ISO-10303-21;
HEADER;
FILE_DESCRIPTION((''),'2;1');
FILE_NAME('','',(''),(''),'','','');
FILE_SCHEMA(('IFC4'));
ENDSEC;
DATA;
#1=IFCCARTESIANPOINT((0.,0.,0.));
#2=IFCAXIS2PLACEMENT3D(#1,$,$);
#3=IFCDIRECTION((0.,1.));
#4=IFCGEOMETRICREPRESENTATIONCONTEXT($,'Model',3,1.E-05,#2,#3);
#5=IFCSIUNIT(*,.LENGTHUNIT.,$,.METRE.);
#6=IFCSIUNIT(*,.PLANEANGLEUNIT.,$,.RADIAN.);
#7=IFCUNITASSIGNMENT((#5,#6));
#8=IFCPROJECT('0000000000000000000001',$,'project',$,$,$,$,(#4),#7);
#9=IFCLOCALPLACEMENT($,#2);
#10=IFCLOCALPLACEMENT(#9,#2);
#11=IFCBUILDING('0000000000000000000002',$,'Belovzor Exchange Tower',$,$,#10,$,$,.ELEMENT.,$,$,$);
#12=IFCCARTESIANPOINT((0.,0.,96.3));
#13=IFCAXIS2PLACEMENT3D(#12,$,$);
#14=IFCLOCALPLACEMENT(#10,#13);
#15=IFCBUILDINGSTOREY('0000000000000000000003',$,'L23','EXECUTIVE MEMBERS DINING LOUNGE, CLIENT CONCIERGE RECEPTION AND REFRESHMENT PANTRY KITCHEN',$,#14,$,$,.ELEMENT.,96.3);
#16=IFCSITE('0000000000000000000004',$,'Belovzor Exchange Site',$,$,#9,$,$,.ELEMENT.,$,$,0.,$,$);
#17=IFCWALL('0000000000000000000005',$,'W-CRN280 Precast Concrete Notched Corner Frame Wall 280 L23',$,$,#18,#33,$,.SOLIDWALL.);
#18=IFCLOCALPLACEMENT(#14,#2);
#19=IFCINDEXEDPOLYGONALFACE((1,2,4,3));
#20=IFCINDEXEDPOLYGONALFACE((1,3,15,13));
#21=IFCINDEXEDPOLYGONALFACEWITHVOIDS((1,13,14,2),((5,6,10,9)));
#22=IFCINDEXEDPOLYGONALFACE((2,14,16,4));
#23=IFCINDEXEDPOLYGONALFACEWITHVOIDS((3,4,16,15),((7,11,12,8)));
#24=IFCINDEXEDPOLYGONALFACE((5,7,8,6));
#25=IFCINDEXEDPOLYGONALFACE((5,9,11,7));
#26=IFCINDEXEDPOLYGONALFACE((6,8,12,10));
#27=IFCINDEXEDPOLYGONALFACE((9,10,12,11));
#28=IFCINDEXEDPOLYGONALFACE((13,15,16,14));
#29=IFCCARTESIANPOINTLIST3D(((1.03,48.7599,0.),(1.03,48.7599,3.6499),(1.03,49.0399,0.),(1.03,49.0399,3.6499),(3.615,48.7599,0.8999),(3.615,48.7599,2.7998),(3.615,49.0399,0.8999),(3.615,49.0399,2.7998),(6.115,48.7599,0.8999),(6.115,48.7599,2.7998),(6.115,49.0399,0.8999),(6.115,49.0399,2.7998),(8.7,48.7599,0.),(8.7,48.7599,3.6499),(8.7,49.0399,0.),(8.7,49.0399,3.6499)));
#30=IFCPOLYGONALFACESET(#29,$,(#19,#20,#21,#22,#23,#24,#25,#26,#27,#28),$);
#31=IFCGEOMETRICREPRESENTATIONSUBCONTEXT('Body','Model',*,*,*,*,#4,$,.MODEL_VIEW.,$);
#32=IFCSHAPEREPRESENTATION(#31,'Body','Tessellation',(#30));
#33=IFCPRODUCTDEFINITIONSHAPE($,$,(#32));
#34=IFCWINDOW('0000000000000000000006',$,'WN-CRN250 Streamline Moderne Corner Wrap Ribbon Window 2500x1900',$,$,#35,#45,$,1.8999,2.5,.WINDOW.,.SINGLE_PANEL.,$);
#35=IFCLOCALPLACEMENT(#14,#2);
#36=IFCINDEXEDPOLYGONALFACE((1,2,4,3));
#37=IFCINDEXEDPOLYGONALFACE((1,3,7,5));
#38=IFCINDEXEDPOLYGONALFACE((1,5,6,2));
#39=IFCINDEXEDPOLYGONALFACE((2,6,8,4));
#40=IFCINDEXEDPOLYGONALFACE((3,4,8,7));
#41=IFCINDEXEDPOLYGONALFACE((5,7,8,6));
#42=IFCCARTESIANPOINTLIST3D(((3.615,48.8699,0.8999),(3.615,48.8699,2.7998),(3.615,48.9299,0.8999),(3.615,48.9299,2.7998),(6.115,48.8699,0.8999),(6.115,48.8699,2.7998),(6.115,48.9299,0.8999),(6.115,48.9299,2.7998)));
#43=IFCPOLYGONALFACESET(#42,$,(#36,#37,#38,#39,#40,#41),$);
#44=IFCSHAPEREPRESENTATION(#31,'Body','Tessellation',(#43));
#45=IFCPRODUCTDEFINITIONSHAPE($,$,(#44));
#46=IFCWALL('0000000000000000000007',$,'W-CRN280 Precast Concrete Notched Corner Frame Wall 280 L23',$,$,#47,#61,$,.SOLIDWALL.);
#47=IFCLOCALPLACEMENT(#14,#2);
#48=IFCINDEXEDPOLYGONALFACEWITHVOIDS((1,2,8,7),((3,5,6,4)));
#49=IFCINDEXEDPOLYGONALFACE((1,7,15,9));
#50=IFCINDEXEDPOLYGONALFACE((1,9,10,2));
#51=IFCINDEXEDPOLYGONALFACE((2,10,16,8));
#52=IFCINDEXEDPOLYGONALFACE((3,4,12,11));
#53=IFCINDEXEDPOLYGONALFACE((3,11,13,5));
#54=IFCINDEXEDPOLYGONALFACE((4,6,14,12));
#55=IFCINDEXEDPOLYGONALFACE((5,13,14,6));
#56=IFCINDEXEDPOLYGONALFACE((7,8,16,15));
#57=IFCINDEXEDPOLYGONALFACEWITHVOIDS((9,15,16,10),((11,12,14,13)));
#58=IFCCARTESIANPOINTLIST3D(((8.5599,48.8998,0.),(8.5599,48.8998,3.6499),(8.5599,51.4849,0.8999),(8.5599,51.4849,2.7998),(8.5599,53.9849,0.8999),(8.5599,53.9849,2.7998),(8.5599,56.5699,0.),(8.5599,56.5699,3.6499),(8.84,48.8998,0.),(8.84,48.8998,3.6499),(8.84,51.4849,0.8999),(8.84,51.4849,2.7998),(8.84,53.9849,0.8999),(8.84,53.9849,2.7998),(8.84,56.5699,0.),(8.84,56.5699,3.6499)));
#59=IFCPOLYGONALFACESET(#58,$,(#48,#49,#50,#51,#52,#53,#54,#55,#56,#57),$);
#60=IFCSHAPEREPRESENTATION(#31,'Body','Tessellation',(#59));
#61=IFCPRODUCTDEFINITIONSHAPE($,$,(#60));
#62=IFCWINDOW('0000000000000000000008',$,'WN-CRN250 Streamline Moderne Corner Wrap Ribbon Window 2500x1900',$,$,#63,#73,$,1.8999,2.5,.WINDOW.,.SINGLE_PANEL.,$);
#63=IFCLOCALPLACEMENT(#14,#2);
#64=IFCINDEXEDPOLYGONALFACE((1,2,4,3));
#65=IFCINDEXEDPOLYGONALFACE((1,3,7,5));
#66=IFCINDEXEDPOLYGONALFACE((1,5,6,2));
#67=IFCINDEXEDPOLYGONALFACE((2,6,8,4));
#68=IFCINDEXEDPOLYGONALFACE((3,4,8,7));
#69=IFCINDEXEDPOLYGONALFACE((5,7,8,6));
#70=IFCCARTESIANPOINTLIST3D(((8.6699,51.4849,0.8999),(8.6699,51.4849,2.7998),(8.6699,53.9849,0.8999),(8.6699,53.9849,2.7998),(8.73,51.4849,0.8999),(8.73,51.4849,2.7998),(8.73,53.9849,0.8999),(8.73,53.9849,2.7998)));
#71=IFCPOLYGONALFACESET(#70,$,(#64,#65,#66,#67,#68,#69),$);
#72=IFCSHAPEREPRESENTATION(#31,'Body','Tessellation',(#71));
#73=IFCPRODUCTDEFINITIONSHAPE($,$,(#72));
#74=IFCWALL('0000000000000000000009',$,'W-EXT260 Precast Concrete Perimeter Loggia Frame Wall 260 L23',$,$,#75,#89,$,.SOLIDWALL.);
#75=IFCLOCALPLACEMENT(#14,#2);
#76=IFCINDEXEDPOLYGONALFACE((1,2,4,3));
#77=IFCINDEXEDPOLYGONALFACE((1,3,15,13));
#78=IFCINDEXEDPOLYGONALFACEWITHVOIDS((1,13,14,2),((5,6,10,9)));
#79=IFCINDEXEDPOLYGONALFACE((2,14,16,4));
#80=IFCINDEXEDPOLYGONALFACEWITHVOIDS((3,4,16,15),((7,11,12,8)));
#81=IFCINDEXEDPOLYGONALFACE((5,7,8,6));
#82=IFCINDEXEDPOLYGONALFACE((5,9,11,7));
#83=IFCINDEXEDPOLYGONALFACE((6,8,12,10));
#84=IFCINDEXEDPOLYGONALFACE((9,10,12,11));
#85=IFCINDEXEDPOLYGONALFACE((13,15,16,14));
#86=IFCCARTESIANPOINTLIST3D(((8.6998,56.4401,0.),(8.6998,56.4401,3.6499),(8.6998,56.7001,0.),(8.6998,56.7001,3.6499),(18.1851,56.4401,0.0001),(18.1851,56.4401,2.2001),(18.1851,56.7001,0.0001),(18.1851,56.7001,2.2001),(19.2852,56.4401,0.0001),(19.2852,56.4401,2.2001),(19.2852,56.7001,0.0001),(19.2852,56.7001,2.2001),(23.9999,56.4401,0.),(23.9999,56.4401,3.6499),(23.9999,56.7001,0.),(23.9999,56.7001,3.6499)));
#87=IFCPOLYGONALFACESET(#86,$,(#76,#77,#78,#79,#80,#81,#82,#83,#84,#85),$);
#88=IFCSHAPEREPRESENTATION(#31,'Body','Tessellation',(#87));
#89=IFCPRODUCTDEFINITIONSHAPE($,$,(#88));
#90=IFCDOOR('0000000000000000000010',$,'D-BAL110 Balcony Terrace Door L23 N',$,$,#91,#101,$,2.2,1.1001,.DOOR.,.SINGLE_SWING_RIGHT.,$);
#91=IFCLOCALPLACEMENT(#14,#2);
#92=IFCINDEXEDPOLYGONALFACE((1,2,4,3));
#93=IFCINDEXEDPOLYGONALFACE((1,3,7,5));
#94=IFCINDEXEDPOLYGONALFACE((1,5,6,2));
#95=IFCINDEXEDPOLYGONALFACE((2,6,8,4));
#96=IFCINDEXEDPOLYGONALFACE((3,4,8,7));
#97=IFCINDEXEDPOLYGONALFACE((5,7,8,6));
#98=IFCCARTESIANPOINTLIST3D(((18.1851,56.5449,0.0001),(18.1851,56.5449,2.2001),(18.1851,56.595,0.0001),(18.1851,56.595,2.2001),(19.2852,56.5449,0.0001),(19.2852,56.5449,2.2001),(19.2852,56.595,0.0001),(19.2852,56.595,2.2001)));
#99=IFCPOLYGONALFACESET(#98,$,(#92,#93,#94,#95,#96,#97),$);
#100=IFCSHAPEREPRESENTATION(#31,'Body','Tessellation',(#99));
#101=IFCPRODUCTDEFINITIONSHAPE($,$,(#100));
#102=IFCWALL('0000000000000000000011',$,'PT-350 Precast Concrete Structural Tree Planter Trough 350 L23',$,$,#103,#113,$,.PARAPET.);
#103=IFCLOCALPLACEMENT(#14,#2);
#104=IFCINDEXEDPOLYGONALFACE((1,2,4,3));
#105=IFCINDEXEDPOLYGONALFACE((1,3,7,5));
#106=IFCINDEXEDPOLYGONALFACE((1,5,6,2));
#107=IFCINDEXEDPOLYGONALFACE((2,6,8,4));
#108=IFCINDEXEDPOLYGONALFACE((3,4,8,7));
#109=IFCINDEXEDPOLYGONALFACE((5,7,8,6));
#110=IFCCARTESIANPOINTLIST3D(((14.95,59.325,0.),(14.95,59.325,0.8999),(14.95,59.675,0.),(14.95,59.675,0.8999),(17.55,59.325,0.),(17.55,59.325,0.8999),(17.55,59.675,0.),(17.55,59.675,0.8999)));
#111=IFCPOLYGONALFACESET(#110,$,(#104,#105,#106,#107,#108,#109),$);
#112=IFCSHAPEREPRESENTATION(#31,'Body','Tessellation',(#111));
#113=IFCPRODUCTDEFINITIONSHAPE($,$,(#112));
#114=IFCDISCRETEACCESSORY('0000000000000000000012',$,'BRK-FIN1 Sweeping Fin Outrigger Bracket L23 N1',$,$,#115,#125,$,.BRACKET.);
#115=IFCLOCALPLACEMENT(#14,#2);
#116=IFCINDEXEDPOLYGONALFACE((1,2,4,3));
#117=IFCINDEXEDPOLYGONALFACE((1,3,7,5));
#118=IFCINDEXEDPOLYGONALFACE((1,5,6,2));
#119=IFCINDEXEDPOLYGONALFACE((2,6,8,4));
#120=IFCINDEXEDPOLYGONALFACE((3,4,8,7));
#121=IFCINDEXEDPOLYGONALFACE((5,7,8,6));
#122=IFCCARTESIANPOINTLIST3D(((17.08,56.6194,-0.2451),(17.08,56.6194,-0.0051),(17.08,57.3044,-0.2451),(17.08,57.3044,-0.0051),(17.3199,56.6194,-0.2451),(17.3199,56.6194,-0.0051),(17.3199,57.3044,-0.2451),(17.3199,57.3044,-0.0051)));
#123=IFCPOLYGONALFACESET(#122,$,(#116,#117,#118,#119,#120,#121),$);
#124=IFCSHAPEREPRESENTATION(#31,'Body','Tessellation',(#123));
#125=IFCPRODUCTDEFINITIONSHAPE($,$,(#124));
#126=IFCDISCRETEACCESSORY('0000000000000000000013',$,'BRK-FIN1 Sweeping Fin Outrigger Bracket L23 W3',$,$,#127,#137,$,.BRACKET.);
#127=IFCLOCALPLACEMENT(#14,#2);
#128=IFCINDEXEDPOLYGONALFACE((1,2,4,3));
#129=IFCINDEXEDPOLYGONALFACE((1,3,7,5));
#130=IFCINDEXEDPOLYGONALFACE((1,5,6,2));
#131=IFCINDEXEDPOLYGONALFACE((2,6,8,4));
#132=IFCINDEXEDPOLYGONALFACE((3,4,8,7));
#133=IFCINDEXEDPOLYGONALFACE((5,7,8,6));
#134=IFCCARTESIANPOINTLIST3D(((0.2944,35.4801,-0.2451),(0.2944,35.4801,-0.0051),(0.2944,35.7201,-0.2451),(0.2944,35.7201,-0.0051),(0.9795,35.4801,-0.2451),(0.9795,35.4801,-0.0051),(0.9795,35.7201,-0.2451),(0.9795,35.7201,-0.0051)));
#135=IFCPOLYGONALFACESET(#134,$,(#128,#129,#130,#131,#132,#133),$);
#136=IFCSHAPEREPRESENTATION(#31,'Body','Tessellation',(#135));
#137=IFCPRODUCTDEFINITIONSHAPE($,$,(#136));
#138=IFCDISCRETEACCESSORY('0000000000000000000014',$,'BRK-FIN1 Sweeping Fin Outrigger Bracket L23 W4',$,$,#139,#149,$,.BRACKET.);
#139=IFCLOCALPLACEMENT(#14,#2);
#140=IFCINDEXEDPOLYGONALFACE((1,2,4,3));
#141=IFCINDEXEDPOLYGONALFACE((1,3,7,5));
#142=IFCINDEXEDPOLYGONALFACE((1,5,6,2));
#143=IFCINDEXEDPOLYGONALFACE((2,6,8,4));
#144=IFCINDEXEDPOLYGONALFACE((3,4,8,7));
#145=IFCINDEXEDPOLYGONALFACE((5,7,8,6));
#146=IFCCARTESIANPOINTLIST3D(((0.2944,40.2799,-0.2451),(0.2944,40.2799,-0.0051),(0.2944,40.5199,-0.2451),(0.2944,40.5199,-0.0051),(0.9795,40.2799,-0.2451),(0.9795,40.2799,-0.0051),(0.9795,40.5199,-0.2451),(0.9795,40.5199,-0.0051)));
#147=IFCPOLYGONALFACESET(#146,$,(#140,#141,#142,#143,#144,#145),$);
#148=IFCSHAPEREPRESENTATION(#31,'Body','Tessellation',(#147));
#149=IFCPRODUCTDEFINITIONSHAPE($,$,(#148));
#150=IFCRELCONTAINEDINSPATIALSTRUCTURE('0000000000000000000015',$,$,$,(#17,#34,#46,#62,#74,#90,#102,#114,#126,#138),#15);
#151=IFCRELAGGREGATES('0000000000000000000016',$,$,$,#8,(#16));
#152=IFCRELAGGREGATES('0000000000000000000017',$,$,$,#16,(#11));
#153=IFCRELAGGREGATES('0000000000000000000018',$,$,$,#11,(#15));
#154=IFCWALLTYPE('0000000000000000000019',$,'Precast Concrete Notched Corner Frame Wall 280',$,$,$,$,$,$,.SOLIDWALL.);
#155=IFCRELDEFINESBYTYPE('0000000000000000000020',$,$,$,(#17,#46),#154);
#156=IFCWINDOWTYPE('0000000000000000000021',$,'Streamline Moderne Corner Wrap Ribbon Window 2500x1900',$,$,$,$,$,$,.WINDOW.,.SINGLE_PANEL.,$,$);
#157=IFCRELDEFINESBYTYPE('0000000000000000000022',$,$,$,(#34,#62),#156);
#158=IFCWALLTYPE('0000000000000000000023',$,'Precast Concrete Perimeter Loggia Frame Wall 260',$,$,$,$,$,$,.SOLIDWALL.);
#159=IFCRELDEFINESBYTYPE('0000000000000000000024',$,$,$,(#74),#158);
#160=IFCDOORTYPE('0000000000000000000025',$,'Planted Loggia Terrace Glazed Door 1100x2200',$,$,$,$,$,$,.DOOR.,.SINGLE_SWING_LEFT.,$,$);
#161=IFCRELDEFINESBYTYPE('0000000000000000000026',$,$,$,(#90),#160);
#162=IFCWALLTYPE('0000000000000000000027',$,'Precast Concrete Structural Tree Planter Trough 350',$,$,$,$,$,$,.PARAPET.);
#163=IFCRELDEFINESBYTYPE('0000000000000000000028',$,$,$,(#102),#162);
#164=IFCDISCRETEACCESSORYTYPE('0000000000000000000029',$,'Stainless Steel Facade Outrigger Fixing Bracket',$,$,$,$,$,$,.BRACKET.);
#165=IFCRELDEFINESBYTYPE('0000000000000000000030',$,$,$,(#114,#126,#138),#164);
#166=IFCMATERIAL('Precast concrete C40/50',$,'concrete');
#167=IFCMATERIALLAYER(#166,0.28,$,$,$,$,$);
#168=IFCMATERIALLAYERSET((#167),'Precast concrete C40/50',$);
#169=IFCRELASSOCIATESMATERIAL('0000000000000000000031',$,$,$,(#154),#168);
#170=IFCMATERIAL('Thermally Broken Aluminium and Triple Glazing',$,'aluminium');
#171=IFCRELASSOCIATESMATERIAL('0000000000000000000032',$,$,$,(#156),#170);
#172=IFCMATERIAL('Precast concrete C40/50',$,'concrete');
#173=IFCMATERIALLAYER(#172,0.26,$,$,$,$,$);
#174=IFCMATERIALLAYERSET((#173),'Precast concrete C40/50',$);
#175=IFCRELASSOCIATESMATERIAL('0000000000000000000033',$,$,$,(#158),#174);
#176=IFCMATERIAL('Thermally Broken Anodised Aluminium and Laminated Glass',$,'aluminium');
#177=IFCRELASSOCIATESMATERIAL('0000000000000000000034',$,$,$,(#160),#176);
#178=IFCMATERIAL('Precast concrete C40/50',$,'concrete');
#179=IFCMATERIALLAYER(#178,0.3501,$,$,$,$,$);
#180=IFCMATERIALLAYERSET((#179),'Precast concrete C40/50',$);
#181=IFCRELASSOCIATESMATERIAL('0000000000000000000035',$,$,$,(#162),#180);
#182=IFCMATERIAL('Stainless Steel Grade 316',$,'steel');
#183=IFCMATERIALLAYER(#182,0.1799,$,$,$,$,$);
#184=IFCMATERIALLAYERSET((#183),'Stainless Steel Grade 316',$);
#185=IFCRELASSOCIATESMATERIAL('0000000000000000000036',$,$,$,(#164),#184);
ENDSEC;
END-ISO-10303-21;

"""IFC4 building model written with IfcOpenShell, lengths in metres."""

from ifc_helpers import new_model, si_unit, direction, frame, frame_2d, origin, origin_2d, place, context, subcontext, project, spatial, rectangle, extrude, material, layer, layer_set, type_object, element, fill, save


model = new_model("IFC4")

# Units and contexts
model_context = context("Model", 3, precision=1e-05, world=origin(), true_north=direction((0.0, 1.0)))
body_context = subcontext(model_context, "Body", "Model", "MODEL_VIEW")
ifc_project = project(units=[si_unit("LENGTHUNIT", "METRE"), si_unit("PLANEANGLEUNIT", "RADIAN")], contexts=[model_context])

# Site, building, storey
site_placement = place(None, origin())
site = spatial("IfcSite", under=ifc_project, at=site_placement, Name="Belovzor Exchange Site", CompositionType="ELEMENT", RefElevation=0.0)
building_placement = place(site_placement, origin())
building = spatial("IfcBuilding", under=site, at=building_placement, Name="Belovzor Exchange Tower", CompositionType="ELEMENT")
storey_placement = place(building_placement, frame((0.0, 0.0, 96.3)))
storey = spatial("IfcBuildingStorey", under=building, at=storey_placement, Name="L23", Description="EXECUTIVE MEMBERS DINING LOUNGE, CLIENT CONCIERGE RECEPTION AND REFRESHMENT PANTRY KITCHEN", CompositionType="ELEMENT", Elevation=96.3)

# Walls, openings, windows
ifc_material_1 = material(Name="Precast concrete C40/50", Category="concrete")
ifc_layer_1 = layer(ifc_material_1, 0.28)
ifc_layer_set_1 = layer_set([ifc_layer_1], Name="Precast concrete C40/50")
wall_type_1 = type_object("IfcWallType", Name="Precast Concrete Notched Corner Frame Wall 280", PredefinedType="SOLIDWALL", material=ifc_layer_set_1)
wall_1_placement = place(storey_placement, frame((1.03, 48.8999, 0.0), z_axis=(0.0, 0.0, 1.0), x_axis=(1.0, 0.0, 0.0)))
wall_1 = element("IfcWall", 1, at=wall_1_placement, inside=storey, type_object=wall_type_1, Name="W-CRN280 Precast Concrete Notched Corner Frame Wall 280 L23", PredefinedType="SOLIDWALL", context=body_context, shape_type="SweptSolid", body=[
    extrude(rectangle(XDim=7.6699, YDim=0.28, at=frame_2d((3.835, 0.0))), origin(), (0.0, 0.0, 1.0), 3.6499),
])
opening_1_placement = place(wall_1_placement, frame((2.585, 0.0, 0.8999)))
opening_1 = element("IfcOpeningElement", 2, at=opening_1_placement, cuts=wall_1, PredefinedType="OPENING", context=body_context, shape_type="SweptSolid", body=[
    extrude(rectangle(XDim=2.5, YDim=1.8999, at=frame_2d((1.25, 0.95))), frame((0.0, 0.1499, 0.0), z_axis=(0.0, -1.0, 0.0), x_axis=(1.0, 0.0, 0.0)), (0.0, 0.0, 1.0), 0.3),
])
ifc_material_2 = material(Name="Thermally Broken Aluminium and Triple Glazing", Category="aluminium")
window_type = type_object("IfcWindowType", Name="Streamline Moderne Corner Wrap Ribbon Window 2500x1900", PartitioningType="SINGLE_PANEL", PredefinedType="WINDOW", material=ifc_material_2)
window_1_placement = place(opening_1_placement, origin())
window_1 = element("IfcWindow", 3, at=window_1_placement, inside=storey, type_object=window_type, Name="WN-CRN250 Streamline Moderne Corner Wrap Ribbon Window 2500x1900", OverallHeight=1.8999, OverallWidth=2.5, PartitioningType="SINGLE_PANEL", PredefinedType="WINDOW", context=body_context, shape_type="SweptSolid", body=[
    extrude(rectangle(XDim=2.5, YDim=1.8999, at=frame_2d((1.25, 0.95))), frame((0.0, 0.03, 0.0), z_axis=(0.0, -1.0, 0.0), x_axis=(1.0, 0.0, 0.0)), (0.0, 0.0, 1.0), 0.0601),
])
fill(opening_1, window_1)
wall_2_placement = place(storey_placement, frame((8.7, 48.8999, 0.0), z_axis=(0.0, 0.0, 1.0), x_axis=(0.0, 1.0, 0.0)))
wall_2 = element("IfcWall", 4, at=wall_2_placement, inside=storey, type_object=wall_type_1, Name="W-CRN280 Precast Concrete Notched Corner Frame Wall 280 L23", PredefinedType="SOLIDWALL", context=body_context, shape_type="SweptSolid", body=[
    extrude(rectangle(XDim=7.6702, YDim=0.28, at=frame_2d((3.835, 0.0))), origin(), (0.0, 0.0, 1.0), 3.6499),
])
opening_2_placement = place(wall_2_placement, frame((2.585, 0.0, 0.8999)))
opening_2 = element("IfcOpeningElement", 5, at=opening_2_placement, cuts=wall_2, PredefinedType="OPENING", context=body_context, shape_type="SweptSolid", body=[
    extrude(rectangle(XDim=2.5, YDim=1.8999, at=frame_2d((1.25, 0.95))), frame((0.0, 0.1499, 0.0), z_axis=(0.0, -1.0, 0.0), x_axis=(1.0, 0.0, 0.0)), (0.0, 0.0, 1.0), 0.3),
])
window_2_placement = place(opening_2_placement, origin())
window_2 = element("IfcWindow", 6, at=window_2_placement, inside=storey, type_object=window_type, Name="WN-CRN250 Streamline Moderne Corner Wrap Ribbon Window 2500x1900", OverallHeight=1.8999, OverallWidth=2.5, PartitioningType="SINGLE_PANEL", PredefinedType="WINDOW", context=body_context, shape_type="SweptSolid", body=[
    extrude(rectangle(XDim=2.5, YDim=1.8999, at=frame_2d((1.25, 0.95))), frame((0.0, 0.03, 0.0), z_axis=(0.0, -1.0, 0.0), x_axis=(1.0, 0.0, 0.0)), (0.0, 0.0, 1.0), 0.0601),
])
fill(opening_2, window_2)

# Wall, opening, door
ifc_material_3 = material(Name="Precast concrete C40/50", Category="concrete")
ifc_layer_2 = layer(ifc_material_3, 0.26)
ifc_layer_set_2 = layer_set([ifc_layer_2], Name="Precast concrete C40/50")
wall_type_2 = type_object("IfcWallType", Name="Precast Concrete Perimeter Loggia Frame Wall 260", PredefinedType="SOLIDWALL", material=ifc_layer_set_2)
wall_3_placement = place(storey_placement, frame((8.7, 56.5701, 0.0), z_axis=(0.0, 0.0, 1.0), x_axis=(1.0, 0.0, 0.0)))
wall_3 = element("IfcWall", 7, at=wall_3_placement, inside=storey, type_object=wall_type_2, Name="W-EXT260 Precast Concrete Perimeter Loggia Frame Wall 260 L23", PredefinedType="SOLIDWALL", context=body_context, shape_type="SweptSolid", body=[
    extrude(rectangle(XDim=15.3, YDim=0.26, at=frame_2d((7.6499, 0.0))), origin(), (0.0, 0.0, 1.0), 3.6499),
])
opening_3_placement = place(wall_3_placement, frame((9.4851, 0.0, 0.0)))
opening_3 = element("IfcOpeningElement", 8, at=opening_3_placement, cuts=wall_3, PredefinedType="OPENING", context=body_context, shape_type="SweptSolid", body=[
    extrude(rectangle(XDim=1.1001, YDim=2.2, at=frame_2d((0.55, 1.1001))), frame((0.0, 0.1399, 0.0), z_axis=(0.0, -1.0, 0.0), x_axis=(1.0, 0.0, 0.0)), (0.0, 0.0, 1.0), 0.28),
])
ifc_material_4 = material(Name="Thermally Broken Anodised Aluminium and Laminated Glass", Category="aluminium")
door_type = type_object("IfcDoorType", Name="Planted Loggia Terrace Glazed Door 1100x2200", OperationType="SINGLE_SWING_LEFT", PredefinedType="DOOR", material=ifc_material_4)
door_placement = place(opening_3_placement, origin())
door = element("IfcDoor", 9, at=door_placement, inside=storey, type_object=door_type, Name="D-BAL110 Balcony Terrace Door L23 N", OperationType="SINGLE_SWING_RIGHT", OverallHeight=2.2, OverallWidth=1.1001, PredefinedType="DOOR", context=body_context, shape_type="SweptSolid", body=[
    extrude(rectangle(XDim=1.1001, YDim=2.2, at=frame_2d((0.55, 1.1001))), frame((0.0, 0.0249, 0.0), z_axis=(0.0, -1.0, 0.0), x_axis=(1.0, 0.0, 0.0)), (0.0, 0.0, 1.0), 0.05),
])
fill(opening_3, door)

# Wall
ifc_material_5 = material(Name="Precast concrete C40/50", Category="concrete")
ifc_layer_3 = layer(ifc_material_5, 0.3501)
ifc_layer_set_3 = layer_set([ifc_layer_3], Name="Precast concrete C40/50")
wall_type_3 = type_object("IfcWallType", Name="Precast Concrete Structural Tree Planter Trough 350", PredefinedType="PARAPET", material=ifc_layer_set_3)
wall_4_placement = place(storey_placement, frame((14.95, 59.5, 0.0), z_axis=(0.0, 0.0, 1.0), x_axis=(1.0, 0.0, 0.0)))
element("IfcWall", 10, at=wall_4_placement, inside=storey, type_object=wall_type_3, Name="PT-350 Precast Concrete Structural Tree Planter Trough 350 L23", PredefinedType="PARAPET", context=body_context, shape_type="SweptSolid", body=[
    extrude(rectangle(XDim=2.6001, YDim=0.3501, at=frame_2d((1.3, 0.0))), origin(), (0.0, 0.0, 1.0), 0.8999),
])

# Discrete accessories
ifc_material_6 = material(Name="Stainless Steel Grade 316", Category="steel")
ifc_layer_4 = layer(ifc_material_6, 0.1799)
ifc_layer_set_4 = layer_set([ifc_layer_4], Name="Stainless Steel Grade 316")
discrete_accessory_type = type_object("IfcDiscreteAccessoryType", Name="Stainless Steel Facade Outrigger Fixing Bracket", PredefinedType="BRACKET", material=ifc_layer_set_4)
for number, where, z_axis, x_axis, name in (
    (11, (17.2, 56.9619, -0.2451), (0.0, 0.0, 1.0), (0.0, 1.0, 0.0), "BRK-FIN1 Sweeping Fin Outrigger Bracket L23 N1"),
    (12, (0.637, 35.6001, -0.2451), (0.0, 0.0, 1.0), (1.0, 0.0, 0.0), "BRK-FIN1 Sweeping Fin Outrigger Bracket L23 W3"),
    (13, (0.637, 40.3999, -0.2451), (0.0, 0.0, 1.0), (1.0, 0.0, 0.0), "BRK-FIN1 Sweeping Fin Outrigger Bracket L23 W4"),
):
    element("IfcDiscreteAccessory", number, at=place(storey_placement, frame(where, z_axis=z_axis, x_axis=x_axis)), inside=storey, type_object=discrete_accessory_type, Name=name, PredefinedType="BRACKET", context=body_context, shape_type="SweptSolid", body=[
        extrude(rectangle(XDim=0.6851, YDim=0.24, at=origin_2d()), origin(), (0.0, 0.0, 1.0), 0.24),
    ])

save(model, "model.ifc")
